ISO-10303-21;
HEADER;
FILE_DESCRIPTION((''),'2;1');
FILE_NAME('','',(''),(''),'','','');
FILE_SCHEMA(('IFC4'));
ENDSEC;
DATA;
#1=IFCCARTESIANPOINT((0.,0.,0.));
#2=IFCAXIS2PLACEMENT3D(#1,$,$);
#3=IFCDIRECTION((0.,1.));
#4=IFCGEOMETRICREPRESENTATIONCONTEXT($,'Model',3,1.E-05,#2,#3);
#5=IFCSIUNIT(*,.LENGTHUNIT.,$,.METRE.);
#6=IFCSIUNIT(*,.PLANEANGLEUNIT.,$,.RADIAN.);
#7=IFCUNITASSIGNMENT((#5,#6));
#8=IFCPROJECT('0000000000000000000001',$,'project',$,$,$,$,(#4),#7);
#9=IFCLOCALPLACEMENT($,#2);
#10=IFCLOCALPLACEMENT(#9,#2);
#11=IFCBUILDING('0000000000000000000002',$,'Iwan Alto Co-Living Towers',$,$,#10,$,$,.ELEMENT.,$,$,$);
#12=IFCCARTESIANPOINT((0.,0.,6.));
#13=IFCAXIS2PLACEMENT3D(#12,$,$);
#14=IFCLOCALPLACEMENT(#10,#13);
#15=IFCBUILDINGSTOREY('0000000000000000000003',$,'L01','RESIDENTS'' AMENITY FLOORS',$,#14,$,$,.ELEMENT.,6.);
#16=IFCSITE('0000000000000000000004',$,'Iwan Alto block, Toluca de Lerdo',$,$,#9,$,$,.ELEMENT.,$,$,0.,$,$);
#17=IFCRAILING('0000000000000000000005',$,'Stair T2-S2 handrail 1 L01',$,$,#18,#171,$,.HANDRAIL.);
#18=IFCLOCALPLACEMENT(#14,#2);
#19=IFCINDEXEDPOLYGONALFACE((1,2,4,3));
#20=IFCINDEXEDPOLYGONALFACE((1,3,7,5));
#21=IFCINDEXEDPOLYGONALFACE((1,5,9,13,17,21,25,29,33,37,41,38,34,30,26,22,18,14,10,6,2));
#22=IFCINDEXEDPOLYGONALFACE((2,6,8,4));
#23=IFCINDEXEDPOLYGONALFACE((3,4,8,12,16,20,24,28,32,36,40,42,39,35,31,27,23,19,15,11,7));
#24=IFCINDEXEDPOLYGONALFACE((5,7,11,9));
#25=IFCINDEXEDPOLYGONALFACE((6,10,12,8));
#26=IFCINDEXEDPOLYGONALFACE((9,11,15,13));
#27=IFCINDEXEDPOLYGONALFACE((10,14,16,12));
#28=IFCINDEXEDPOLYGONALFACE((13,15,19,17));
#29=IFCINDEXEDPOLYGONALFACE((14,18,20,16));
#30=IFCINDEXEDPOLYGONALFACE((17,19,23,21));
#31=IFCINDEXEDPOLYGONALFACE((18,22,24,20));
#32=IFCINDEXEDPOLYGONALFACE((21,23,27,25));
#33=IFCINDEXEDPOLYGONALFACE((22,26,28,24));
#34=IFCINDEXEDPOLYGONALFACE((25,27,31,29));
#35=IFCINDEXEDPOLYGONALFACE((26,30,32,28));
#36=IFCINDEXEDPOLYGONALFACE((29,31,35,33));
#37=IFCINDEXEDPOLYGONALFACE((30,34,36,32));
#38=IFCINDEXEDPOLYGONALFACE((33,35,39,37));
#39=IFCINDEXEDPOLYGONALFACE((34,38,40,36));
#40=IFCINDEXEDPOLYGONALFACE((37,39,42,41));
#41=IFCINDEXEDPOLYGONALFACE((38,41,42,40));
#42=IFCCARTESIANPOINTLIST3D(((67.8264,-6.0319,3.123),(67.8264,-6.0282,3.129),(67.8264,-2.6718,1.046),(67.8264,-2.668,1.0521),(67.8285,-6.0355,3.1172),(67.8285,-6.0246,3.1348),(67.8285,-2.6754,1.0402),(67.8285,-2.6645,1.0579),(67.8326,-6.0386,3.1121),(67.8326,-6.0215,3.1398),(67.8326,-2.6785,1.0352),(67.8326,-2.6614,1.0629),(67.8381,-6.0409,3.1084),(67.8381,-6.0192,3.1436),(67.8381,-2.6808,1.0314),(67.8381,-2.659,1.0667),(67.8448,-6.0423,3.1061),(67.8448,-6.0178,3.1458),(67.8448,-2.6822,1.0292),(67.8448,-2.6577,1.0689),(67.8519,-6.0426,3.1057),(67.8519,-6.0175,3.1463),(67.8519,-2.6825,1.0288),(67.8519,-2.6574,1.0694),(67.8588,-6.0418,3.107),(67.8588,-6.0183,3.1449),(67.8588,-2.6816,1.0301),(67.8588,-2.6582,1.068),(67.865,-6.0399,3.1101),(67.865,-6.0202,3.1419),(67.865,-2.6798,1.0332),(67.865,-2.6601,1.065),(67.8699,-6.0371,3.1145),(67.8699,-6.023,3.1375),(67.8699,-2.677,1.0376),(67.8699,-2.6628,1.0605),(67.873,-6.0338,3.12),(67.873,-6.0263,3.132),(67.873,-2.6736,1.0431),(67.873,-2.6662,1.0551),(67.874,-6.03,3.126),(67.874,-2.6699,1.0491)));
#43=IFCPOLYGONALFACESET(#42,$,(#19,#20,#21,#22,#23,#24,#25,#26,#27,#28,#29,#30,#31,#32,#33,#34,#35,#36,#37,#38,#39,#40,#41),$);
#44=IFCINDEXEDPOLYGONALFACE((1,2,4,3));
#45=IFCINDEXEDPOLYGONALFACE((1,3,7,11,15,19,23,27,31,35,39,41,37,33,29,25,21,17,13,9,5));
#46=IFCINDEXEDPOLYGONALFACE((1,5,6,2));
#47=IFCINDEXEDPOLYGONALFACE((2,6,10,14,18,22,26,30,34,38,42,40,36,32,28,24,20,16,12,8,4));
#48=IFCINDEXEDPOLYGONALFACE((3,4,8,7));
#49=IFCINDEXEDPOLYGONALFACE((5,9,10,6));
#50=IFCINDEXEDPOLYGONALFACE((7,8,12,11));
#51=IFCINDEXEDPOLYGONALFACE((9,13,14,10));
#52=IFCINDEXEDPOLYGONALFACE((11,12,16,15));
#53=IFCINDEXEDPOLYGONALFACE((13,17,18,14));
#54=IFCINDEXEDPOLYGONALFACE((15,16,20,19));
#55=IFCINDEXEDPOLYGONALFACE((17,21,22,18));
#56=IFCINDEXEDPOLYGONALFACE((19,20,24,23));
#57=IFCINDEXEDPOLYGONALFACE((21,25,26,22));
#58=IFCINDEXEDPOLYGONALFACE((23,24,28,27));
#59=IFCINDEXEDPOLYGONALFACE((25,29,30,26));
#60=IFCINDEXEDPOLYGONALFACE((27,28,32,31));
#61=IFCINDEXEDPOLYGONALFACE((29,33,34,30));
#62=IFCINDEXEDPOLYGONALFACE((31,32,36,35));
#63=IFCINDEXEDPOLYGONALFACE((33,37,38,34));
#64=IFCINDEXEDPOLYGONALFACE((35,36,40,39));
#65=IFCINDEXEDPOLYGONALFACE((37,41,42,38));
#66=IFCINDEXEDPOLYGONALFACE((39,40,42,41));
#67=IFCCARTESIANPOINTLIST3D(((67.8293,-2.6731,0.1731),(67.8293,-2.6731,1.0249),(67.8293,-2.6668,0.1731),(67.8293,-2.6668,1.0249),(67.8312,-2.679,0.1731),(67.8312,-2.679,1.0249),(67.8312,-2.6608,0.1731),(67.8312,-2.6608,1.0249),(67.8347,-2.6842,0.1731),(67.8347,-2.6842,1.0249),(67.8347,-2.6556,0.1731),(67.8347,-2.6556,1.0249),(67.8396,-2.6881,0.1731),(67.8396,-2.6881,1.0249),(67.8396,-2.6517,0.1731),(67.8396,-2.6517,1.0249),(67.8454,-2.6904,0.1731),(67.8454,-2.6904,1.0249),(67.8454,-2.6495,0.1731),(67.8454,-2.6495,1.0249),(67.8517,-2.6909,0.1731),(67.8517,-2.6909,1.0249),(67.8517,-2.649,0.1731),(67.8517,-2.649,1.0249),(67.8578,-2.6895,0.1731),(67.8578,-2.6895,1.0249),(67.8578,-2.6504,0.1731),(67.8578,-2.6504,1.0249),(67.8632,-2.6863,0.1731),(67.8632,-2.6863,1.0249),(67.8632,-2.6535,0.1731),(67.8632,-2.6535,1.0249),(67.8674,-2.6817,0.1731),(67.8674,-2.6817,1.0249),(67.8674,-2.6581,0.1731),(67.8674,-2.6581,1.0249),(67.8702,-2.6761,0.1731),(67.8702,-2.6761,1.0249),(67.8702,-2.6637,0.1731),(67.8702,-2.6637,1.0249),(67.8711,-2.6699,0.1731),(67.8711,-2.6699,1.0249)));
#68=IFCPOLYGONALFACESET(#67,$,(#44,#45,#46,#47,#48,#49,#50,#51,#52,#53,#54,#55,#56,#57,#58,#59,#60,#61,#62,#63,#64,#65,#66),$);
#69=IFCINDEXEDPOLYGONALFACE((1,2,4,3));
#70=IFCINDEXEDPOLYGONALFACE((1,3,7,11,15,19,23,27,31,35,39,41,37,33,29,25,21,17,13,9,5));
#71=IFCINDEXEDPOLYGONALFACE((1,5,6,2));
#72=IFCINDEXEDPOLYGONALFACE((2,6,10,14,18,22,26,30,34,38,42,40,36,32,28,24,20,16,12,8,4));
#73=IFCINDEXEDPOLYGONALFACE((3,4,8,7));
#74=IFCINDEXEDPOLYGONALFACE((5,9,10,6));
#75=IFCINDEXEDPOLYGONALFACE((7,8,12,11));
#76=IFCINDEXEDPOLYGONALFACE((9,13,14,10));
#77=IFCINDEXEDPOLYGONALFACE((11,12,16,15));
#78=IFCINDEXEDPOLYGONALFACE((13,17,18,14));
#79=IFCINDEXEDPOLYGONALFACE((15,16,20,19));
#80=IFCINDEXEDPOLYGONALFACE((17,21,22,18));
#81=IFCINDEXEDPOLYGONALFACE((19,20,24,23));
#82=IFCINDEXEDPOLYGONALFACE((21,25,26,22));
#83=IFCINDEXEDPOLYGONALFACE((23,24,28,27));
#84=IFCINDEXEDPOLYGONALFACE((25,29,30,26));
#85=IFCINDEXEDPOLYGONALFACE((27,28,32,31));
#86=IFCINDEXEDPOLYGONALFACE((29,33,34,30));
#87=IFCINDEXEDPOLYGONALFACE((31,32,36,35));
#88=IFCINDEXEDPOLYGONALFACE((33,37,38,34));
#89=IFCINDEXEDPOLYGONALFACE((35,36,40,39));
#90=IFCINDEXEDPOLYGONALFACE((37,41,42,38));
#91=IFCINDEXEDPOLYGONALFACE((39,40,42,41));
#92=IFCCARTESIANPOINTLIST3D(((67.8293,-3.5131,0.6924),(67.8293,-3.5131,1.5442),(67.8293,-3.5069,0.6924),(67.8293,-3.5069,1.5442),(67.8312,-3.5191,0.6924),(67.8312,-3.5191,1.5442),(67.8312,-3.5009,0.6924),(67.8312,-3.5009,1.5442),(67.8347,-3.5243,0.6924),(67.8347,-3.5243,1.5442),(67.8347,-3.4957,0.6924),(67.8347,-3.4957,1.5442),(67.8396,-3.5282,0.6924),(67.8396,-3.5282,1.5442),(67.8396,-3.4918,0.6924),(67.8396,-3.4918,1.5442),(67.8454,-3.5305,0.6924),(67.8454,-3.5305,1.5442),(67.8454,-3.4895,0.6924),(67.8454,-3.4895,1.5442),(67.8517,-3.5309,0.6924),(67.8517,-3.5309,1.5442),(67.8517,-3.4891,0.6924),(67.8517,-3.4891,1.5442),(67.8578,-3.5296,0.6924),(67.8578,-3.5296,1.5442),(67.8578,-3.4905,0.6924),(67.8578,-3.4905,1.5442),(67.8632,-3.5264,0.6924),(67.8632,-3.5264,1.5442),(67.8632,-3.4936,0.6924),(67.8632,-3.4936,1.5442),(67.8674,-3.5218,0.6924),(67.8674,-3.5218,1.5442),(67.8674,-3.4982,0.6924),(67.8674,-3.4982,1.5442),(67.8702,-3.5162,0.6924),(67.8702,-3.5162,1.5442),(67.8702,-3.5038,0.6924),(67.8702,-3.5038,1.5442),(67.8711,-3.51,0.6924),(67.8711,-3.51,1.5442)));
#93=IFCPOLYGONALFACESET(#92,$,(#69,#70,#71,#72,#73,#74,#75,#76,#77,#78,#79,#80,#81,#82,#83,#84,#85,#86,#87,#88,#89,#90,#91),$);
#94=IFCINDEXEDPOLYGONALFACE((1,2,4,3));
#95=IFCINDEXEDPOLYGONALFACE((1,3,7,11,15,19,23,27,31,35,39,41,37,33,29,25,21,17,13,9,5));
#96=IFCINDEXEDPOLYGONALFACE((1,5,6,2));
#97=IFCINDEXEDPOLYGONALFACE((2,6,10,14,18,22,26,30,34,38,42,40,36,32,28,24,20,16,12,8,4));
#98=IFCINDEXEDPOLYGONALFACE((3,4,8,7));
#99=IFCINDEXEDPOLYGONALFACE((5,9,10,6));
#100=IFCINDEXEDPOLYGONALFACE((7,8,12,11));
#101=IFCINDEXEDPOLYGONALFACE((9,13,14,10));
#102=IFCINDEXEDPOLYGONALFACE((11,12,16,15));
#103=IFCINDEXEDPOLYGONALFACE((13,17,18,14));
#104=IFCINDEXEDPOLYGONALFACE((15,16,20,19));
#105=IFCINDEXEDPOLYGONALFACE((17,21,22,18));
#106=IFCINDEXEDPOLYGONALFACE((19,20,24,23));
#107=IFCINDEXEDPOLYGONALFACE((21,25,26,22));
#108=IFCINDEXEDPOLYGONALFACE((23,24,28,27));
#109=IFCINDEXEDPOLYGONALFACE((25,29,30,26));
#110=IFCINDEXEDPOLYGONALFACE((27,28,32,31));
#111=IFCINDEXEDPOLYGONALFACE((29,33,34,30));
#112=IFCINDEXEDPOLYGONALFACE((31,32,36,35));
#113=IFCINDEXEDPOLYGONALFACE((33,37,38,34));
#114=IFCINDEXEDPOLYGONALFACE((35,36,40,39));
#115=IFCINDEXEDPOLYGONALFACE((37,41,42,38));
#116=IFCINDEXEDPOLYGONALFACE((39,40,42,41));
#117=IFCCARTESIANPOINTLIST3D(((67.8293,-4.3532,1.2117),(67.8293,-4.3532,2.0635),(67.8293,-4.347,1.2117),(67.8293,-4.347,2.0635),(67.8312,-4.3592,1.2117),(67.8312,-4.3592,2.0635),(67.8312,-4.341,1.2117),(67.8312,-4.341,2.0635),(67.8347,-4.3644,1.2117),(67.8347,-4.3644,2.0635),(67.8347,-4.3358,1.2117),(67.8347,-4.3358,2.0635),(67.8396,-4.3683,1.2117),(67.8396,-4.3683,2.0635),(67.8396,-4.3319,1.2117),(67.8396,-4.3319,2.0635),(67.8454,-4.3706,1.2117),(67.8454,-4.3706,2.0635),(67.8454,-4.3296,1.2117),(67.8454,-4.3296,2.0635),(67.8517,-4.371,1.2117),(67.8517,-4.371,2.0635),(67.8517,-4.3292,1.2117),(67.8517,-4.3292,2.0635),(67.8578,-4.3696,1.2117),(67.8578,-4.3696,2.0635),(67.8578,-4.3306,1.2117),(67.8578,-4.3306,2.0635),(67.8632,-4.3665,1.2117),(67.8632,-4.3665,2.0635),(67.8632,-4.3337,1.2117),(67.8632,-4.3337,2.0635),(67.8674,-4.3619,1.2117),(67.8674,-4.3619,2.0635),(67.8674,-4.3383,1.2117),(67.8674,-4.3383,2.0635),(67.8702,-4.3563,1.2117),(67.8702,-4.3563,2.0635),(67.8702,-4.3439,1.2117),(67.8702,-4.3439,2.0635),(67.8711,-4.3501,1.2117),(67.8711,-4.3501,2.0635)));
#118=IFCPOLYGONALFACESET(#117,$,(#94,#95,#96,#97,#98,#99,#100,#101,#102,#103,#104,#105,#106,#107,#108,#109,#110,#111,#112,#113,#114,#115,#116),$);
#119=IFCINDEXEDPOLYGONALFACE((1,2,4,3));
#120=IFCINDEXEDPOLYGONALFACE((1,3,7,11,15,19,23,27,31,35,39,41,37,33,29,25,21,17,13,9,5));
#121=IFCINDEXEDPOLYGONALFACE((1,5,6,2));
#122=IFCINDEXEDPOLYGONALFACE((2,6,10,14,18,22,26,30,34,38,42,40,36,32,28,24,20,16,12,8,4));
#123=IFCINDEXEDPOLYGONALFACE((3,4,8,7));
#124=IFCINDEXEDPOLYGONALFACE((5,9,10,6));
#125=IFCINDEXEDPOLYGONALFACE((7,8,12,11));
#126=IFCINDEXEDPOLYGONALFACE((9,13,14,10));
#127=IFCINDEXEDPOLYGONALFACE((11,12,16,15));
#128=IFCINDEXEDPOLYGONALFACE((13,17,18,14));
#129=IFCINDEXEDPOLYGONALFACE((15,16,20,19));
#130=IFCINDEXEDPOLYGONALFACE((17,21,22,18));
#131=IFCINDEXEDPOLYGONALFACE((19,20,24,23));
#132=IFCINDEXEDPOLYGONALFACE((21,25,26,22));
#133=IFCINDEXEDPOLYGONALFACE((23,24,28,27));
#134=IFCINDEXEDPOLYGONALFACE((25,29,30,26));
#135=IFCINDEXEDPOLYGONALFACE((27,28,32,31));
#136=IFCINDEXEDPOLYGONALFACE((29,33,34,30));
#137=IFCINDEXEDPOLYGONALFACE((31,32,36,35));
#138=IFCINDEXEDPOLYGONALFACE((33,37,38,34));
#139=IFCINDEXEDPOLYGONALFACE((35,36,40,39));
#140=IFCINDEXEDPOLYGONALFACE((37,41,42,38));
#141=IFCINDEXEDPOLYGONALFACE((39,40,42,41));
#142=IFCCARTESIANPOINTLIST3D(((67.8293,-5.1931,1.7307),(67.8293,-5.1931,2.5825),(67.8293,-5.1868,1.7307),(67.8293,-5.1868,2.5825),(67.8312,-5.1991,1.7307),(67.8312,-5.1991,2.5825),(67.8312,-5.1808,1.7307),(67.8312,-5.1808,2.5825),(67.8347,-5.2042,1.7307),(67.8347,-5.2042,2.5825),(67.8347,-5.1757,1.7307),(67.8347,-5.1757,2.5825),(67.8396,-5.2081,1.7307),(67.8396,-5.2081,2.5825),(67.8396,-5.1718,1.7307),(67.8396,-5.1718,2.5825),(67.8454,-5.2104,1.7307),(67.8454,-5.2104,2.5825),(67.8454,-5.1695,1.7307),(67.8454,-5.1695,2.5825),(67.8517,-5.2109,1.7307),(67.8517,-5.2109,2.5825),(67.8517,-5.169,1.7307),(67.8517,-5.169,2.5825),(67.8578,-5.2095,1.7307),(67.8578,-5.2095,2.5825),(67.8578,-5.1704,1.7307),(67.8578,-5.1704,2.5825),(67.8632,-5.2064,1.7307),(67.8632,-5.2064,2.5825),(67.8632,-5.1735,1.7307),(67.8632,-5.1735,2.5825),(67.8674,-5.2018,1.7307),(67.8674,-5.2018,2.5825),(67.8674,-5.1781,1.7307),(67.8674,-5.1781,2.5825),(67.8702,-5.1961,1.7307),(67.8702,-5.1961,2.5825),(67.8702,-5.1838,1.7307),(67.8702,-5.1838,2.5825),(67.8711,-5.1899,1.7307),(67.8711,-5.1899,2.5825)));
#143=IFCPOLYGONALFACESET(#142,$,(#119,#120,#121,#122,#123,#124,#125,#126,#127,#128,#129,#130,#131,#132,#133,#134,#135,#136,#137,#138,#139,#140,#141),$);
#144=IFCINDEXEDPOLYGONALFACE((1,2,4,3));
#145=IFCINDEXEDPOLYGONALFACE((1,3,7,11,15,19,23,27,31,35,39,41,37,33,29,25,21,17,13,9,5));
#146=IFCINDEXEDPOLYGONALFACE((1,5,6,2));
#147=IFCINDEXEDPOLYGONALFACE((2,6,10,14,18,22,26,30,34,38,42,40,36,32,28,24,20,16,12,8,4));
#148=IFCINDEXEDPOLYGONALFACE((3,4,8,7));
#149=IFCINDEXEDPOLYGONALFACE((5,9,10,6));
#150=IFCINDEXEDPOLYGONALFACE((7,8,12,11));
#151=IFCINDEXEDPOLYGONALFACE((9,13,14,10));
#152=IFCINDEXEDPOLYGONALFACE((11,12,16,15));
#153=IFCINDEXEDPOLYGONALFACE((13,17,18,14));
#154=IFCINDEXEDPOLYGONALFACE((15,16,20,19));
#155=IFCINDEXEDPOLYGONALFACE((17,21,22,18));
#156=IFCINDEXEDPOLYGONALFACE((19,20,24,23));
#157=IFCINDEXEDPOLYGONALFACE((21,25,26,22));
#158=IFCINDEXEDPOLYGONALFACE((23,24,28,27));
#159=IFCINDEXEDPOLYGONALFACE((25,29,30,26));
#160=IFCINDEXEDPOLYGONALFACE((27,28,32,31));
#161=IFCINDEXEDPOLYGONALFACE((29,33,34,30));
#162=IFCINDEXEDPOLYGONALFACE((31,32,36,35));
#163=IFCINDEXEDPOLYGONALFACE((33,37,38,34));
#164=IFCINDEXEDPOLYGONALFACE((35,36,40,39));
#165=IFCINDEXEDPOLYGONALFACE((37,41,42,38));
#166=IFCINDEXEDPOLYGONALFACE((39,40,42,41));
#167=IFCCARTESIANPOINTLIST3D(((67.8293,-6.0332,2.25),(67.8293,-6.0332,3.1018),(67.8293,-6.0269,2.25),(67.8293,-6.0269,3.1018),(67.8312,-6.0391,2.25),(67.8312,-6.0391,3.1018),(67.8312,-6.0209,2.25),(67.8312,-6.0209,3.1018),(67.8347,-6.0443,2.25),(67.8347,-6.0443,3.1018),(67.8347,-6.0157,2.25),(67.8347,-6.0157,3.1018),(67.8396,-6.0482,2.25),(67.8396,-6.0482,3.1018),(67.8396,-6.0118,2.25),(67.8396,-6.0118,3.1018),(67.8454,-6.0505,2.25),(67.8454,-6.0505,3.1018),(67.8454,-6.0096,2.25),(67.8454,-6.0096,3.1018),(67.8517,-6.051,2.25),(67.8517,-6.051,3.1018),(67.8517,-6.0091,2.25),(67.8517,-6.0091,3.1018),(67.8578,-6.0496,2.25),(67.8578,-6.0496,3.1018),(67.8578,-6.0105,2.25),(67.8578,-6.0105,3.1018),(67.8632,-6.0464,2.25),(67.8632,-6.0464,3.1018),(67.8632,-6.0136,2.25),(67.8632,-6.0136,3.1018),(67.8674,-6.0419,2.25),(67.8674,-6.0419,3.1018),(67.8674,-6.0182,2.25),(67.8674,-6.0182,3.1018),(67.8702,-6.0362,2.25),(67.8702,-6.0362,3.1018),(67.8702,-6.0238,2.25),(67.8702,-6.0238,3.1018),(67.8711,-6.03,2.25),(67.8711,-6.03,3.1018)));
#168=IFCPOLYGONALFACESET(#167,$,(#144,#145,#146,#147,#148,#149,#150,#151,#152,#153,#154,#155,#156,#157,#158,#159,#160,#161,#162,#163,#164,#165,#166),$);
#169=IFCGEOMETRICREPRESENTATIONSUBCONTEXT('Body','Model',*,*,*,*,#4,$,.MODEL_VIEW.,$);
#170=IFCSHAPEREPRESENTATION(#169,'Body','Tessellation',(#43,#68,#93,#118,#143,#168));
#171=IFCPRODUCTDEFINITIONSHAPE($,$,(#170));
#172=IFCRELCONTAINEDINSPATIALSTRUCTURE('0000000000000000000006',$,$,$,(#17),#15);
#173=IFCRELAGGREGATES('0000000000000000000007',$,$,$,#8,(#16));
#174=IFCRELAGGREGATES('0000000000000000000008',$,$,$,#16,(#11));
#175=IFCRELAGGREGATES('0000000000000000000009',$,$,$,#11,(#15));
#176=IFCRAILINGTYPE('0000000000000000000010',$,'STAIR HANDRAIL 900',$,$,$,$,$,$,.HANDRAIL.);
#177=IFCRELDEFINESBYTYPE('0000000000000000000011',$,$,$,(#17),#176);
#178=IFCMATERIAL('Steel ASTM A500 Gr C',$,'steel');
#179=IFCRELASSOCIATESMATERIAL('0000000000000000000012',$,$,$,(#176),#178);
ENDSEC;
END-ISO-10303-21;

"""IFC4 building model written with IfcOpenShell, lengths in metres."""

from ifc_helpers import new_model, si_unit, direction, frame, origin, origin_2d, place, context, subcontext, project, spatial, circle, extrude, material, type_object, element, save


model = new_model("IFC4")

# Units and contexts
model_context = context("Model", 3, precision=1e-05, world=origin(), true_north=direction((0.0, 1.0)))
body_context = subcontext(model_context, "Body", "Model", "MODEL_VIEW")
ifc_project = project(units=[si_unit("LENGTHUNIT", "METRE"), si_unit("PLANEANGLEUNIT", "RADIAN")], contexts=[model_context])

# Site, building, storey
site_placement = place(None, origin())
site = spatial("IfcSite", under=ifc_project, at=site_placement, Name="Iwan Alto block, Toluca de Lerdo", CompositionType="ELEMENT", RefElevation=0.0)
building_placement = place(site_placement, origin())
building = spatial("IfcBuilding", under=site, at=building_placement, Name="Iwan Alto Co-Living Towers", CompositionType="ELEMENT")
storey_placement = place(building_placement, frame((0.0, 0.0, 6.0)))
storey = spatial("IfcBuildingStorey", under=building, at=storey_placement, Name="L01", Description="RESIDENTS' AMENITY FLOORS", CompositionType="ELEMENT", Elevation=6.0)

# Railing
ifc_material_1 = material(Name="Steel ASTM A500 Gr C", Category="steel")
railing_type_1 = type_object("IfcRailingType", Name="STAIR HANDRAIL 900", PredefinedType="HANDRAIL", material=ifc_material_1)
railing_1_placement = place(storey_placement, frame((67.8501, -2.6699, 0.1731)))
element("IfcRailing", 1, at=railing_1_placement, inside=storey, type_object=railing_type_1, Name="Stair T2-S2 handrail 1 L01", PredefinedType="HANDRAIL", context=body_context, shape_type="SweptSolid", body=[
    extrude(circle(Radius=0.0239, at=origin_2d()), frame((0.0, 0.0, 0.876), z_axis=(0.0, -0.850623, 0.525776), x_axis=(1.0, 0.0, 0.0)), (0.0, 0.0, 1.0), 3.9502),
    extrude(circle(Radius=0.021, at=origin_2d()), origin(), (0.0, 0.0, 1.0), 0.8518),
    extrude(circle(Radius=0.021, at=origin_2d()), frame((0.0, -0.8401, 0.5193)), (0.0, 0.0, 1.0), 0.8518),
    extrude(circle(Radius=0.021, at=origin_2d()), frame((0.0, -1.6802, 1.0386)), (0.0, 0.0, 1.0), 0.8518),
    extrude(circle(Radius=0.021, at=origin_2d()), frame((0.0, -2.52, 1.5576)), (0.0, 0.0, 1.0), 0.8518),
    extrude(circle(Radius=0.021, at=origin_2d()), frame((0.0, -3.3601, 2.0769)), (0.0, 0.0, 1.0), 0.8518),
])

save(model, "model.ifc")
